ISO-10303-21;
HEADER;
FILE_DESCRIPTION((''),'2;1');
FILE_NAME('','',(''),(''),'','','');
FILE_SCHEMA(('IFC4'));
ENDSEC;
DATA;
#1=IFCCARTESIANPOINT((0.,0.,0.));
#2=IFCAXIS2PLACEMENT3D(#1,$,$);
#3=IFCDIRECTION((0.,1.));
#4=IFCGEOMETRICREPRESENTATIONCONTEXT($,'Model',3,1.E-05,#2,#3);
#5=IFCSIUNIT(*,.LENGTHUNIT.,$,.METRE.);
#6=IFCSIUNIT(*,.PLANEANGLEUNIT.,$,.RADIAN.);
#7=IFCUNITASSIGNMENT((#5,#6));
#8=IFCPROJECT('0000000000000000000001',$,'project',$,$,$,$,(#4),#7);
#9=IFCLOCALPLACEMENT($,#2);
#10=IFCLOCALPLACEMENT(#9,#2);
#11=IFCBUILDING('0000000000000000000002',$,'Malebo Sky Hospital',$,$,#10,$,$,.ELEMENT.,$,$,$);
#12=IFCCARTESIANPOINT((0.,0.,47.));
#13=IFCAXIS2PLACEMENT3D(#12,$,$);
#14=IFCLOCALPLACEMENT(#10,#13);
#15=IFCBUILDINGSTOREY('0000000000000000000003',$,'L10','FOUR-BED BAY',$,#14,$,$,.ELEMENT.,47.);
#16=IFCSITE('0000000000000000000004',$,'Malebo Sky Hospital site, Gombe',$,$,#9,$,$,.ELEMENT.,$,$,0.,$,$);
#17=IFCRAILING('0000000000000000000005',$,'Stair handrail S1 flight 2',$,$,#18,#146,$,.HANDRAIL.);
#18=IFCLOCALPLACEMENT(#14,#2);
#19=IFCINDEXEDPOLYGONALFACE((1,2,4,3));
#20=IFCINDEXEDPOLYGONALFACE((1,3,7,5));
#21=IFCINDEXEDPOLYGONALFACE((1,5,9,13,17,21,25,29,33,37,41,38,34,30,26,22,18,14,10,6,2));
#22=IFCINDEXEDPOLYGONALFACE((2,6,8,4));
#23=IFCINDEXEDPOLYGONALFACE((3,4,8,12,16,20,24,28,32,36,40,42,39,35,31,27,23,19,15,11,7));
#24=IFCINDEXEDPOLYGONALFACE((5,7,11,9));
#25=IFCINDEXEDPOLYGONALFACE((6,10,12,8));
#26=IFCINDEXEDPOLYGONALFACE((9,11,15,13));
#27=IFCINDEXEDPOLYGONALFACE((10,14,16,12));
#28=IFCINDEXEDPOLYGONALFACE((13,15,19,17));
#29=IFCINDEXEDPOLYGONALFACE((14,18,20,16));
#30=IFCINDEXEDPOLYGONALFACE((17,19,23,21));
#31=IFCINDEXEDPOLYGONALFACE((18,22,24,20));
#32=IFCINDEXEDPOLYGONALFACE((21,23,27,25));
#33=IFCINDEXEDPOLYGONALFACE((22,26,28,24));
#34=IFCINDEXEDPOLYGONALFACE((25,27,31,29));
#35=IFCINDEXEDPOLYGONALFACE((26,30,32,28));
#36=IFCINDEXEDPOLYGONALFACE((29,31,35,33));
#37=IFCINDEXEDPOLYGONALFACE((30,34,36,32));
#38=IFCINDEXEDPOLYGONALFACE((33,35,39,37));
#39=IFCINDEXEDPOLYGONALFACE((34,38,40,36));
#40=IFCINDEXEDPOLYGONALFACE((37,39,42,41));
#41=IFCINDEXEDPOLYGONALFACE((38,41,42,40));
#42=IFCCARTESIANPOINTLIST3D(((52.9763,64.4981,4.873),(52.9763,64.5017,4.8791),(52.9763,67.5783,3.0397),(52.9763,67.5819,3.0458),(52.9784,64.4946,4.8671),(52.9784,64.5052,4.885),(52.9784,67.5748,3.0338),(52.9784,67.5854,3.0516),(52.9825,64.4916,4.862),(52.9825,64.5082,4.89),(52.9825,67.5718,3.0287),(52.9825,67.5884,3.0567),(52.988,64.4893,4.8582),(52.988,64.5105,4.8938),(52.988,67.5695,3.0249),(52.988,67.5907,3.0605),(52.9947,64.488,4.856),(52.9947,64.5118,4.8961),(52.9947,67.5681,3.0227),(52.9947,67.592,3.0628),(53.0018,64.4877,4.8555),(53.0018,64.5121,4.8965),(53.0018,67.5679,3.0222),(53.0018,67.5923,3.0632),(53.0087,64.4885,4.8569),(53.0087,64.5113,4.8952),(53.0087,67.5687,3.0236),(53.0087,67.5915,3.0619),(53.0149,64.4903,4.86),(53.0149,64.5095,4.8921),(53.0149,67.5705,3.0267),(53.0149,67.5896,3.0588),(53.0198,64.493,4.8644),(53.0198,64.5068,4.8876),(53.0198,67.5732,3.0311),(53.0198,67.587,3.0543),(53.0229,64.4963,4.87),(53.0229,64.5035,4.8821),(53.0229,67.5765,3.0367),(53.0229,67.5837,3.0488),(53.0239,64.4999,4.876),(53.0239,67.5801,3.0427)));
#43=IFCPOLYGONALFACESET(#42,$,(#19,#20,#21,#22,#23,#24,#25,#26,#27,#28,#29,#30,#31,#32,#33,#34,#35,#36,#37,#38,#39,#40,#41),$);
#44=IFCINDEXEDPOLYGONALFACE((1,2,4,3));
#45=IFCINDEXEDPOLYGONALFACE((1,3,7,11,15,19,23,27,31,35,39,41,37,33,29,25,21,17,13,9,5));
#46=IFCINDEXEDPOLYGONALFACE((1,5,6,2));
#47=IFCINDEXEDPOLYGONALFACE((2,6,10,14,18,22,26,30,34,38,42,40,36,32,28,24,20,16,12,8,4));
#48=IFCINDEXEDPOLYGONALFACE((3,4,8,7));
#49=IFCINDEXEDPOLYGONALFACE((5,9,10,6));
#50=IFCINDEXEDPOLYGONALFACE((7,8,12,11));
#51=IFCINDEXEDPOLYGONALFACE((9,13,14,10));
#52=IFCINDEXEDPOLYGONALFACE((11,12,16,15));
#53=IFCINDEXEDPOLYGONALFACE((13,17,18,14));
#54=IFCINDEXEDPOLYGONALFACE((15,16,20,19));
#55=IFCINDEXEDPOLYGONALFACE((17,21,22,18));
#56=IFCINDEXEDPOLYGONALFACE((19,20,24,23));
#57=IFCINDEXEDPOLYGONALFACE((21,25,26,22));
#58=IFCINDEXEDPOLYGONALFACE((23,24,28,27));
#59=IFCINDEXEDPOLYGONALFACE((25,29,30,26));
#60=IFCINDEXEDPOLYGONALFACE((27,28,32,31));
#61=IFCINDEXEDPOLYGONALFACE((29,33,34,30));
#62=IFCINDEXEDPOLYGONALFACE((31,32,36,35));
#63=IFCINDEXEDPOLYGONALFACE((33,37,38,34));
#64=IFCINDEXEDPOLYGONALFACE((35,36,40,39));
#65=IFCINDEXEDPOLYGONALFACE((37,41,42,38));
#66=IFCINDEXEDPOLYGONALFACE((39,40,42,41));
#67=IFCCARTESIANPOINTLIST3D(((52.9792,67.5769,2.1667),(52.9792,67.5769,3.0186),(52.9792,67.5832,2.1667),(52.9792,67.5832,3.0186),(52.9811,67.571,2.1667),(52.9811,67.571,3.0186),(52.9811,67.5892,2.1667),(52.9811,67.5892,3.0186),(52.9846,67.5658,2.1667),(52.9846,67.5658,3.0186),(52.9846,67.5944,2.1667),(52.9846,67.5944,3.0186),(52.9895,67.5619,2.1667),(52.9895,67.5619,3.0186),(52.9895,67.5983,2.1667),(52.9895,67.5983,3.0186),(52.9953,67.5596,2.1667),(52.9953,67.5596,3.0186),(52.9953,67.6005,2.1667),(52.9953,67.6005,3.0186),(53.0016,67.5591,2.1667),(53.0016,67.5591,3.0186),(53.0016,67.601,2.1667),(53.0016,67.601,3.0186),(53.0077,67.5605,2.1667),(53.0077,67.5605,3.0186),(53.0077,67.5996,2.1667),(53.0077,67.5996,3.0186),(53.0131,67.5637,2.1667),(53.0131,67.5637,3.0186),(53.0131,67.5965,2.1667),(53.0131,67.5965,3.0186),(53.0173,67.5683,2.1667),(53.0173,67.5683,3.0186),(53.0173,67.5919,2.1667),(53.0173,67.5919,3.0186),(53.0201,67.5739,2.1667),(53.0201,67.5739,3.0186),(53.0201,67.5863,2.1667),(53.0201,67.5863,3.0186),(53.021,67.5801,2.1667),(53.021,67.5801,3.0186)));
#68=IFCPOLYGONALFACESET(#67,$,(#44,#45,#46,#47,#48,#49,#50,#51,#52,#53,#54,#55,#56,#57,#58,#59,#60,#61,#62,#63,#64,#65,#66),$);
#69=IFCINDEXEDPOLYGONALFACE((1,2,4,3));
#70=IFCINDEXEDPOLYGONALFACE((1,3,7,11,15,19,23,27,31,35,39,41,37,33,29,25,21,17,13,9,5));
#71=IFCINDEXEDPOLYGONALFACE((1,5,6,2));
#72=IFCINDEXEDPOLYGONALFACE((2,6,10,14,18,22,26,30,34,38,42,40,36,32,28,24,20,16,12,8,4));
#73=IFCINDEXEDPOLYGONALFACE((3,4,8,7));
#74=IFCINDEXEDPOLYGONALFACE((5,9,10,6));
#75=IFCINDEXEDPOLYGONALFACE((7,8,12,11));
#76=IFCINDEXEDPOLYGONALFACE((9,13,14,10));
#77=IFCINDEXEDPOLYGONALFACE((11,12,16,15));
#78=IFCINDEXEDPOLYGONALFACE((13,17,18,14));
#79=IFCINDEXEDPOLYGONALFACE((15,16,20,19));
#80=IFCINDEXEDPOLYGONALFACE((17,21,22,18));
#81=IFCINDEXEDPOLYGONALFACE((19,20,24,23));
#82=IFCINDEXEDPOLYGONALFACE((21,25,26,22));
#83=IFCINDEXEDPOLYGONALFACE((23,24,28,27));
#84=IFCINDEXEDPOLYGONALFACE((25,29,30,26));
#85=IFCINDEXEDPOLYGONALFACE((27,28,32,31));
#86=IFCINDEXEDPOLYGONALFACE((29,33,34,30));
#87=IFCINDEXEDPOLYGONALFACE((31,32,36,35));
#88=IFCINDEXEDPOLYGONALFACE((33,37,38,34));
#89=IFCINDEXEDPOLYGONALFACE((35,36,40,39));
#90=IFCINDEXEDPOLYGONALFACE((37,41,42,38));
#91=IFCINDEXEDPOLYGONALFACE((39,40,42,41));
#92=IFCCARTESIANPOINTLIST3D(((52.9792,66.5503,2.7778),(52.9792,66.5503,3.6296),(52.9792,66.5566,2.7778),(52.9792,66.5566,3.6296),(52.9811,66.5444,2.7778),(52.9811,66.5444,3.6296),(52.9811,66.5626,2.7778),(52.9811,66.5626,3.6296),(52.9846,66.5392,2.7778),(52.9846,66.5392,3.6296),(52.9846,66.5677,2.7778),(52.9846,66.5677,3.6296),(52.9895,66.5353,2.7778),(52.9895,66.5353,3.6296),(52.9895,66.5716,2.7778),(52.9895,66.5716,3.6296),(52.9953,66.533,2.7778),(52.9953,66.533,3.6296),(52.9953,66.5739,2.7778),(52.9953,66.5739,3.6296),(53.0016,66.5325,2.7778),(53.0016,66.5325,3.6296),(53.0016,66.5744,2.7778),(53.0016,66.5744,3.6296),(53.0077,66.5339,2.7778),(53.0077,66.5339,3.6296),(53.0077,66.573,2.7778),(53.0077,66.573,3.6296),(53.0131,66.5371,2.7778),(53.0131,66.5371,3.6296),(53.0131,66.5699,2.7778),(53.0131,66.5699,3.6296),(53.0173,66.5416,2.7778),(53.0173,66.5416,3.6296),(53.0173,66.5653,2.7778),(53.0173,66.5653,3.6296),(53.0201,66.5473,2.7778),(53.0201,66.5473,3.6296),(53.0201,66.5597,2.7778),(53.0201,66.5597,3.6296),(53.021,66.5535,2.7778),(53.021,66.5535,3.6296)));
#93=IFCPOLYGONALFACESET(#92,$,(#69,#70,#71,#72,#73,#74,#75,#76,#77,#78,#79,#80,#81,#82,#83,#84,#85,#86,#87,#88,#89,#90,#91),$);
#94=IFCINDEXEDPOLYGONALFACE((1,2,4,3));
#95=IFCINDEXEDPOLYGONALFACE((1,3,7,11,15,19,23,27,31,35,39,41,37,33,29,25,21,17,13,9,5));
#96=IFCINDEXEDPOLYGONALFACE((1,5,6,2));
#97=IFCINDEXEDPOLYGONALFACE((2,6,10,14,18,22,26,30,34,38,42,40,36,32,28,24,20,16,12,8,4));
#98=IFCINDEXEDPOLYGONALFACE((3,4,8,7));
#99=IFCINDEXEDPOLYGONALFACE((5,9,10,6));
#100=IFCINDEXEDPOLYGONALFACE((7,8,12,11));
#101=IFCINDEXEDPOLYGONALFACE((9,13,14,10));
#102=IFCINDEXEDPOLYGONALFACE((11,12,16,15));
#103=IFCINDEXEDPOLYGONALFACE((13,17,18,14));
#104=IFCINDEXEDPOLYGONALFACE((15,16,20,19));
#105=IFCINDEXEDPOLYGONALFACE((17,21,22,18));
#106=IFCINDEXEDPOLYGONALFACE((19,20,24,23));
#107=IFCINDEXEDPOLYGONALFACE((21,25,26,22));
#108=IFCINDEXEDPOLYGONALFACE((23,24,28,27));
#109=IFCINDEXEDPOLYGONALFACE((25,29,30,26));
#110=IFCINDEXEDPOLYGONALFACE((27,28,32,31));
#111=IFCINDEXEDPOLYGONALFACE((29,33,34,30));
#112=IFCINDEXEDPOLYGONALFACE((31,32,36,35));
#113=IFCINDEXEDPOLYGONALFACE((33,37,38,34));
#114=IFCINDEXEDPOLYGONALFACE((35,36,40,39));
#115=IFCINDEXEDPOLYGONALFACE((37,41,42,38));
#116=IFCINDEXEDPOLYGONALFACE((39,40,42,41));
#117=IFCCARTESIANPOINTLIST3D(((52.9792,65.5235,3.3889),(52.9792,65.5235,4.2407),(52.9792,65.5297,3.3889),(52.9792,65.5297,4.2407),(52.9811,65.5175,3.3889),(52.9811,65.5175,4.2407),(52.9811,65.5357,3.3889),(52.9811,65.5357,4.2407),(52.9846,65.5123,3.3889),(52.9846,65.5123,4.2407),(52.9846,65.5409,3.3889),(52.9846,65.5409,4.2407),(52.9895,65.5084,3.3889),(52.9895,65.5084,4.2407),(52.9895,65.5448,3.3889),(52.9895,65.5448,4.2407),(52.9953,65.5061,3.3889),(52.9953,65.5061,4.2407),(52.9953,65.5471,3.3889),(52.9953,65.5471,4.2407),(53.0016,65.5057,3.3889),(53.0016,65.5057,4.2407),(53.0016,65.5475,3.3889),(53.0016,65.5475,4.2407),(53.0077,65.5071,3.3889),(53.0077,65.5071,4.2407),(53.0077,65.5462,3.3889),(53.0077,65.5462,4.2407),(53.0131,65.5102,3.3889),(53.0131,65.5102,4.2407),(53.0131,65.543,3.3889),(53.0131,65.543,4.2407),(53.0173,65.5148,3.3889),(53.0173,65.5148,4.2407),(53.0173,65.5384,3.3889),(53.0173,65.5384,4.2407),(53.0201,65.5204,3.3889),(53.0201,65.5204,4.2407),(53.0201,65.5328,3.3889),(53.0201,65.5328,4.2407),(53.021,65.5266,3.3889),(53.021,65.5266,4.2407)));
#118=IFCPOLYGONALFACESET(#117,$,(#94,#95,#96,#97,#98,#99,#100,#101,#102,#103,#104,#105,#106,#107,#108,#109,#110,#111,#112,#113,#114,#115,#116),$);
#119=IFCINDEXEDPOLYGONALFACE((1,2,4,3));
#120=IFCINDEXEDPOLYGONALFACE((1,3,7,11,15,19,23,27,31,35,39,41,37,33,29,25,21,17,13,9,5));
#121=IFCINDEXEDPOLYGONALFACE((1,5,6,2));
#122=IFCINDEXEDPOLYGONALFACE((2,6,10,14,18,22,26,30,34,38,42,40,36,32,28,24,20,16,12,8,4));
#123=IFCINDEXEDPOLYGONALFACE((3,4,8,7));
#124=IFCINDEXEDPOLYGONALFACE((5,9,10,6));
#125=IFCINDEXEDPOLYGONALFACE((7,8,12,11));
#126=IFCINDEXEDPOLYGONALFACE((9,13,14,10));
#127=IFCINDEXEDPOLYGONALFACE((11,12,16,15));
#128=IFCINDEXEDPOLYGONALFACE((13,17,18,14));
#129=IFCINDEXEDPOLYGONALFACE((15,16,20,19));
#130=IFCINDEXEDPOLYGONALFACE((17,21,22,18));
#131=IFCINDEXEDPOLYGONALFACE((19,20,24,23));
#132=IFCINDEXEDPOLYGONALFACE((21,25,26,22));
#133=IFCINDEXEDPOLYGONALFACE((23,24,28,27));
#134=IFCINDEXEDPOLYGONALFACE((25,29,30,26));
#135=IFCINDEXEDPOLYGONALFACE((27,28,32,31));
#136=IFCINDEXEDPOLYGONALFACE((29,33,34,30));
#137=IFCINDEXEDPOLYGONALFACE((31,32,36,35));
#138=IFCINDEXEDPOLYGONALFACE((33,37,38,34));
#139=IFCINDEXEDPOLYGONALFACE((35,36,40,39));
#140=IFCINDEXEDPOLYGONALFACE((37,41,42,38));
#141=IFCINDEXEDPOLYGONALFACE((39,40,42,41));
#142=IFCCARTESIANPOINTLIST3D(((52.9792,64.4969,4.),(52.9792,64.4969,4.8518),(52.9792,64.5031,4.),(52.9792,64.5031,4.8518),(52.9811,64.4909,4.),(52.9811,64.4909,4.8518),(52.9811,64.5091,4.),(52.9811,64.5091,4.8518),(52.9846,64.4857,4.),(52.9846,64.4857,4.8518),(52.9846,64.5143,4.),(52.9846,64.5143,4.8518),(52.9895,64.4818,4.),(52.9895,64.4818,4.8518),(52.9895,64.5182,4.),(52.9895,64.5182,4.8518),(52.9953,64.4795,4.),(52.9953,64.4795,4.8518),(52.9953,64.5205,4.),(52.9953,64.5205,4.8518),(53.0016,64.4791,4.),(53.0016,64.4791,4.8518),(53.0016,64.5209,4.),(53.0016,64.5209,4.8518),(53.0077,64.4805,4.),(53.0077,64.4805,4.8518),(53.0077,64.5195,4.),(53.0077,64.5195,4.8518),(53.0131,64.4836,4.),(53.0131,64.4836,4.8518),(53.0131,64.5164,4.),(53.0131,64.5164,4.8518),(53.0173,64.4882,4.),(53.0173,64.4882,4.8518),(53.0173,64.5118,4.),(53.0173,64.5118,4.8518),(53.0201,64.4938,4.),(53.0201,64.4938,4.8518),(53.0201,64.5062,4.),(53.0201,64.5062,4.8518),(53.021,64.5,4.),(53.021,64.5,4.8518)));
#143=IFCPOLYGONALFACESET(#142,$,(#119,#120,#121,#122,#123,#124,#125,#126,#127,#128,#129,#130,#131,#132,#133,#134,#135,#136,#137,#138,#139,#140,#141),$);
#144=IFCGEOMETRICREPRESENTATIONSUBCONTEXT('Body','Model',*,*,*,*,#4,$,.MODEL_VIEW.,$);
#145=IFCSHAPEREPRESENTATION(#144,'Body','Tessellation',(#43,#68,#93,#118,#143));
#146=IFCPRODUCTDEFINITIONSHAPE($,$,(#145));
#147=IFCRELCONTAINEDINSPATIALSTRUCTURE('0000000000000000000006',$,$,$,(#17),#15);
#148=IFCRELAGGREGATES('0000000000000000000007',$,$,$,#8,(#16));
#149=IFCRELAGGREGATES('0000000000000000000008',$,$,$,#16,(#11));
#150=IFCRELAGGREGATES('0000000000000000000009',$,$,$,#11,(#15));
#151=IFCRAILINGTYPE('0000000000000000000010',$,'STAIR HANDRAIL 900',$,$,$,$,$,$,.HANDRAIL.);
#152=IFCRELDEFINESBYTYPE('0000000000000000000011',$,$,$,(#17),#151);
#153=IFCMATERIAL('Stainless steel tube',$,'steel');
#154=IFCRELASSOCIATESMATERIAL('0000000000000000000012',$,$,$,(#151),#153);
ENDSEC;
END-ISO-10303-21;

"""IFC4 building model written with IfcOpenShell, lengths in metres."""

from ifc_helpers import new_model, si_unit, direction, frame, origin, origin_2d, place, context, subcontext, project, spatial, circle, extrude, material, type_object, element, save


model = new_model("IFC4")

# Units and contexts
model_context = context("Model", 3, precision=1e-05, world=origin(), true_north=direction((0.0, 1.0)))
body_context = subcontext(model_context, "Body", "Model", "MODEL_VIEW")
ifc_project = project(units=[si_unit("LENGTHUNIT", "METRE"), si_unit("PLANEANGLEUNIT", "RADIAN")], contexts=[model_context])

# Site, building, storey
site_placement = place(None, origin())
site = spatial("IfcSite", under=ifc_project, at=site_placement, Name="Malebo Sky Hospital site, Gombe", CompositionType="ELEMENT", RefElevation=0.0)
building_placement = place(site_placement, origin())
building = spatial("IfcBuilding", under=site, at=building_placement, Name="Malebo Sky Hospital", CompositionType="ELEMENT")
storey_placement = place(building_placement, frame((0.0, 0.0, 47.0)))
storey = spatial("IfcBuildingStorey", under=building, at=storey_placement, Name="L10", Description="FOUR-BED BAY", CompositionType="ELEMENT", Elevation=47.0)

# Railing
ifc_material_1 = material(Name="Stainless steel tube", Category="steel")
railing_type = type_object("IfcRailingType", Name="STAIR HANDRAIL 900", PredefinedType="HANDRAIL", material=ifc_material_1)
railing_1_placement = place(storey_placement, frame((53.0, 67.5801, 2.1667)))
element("IfcRailing", 1, at=railing_1_placement, inside=storey, type_object=railing_type, Name="Stair handrail S1 flight 2", PredefinedType="HANDRAIL", context=body_context, shape_type="SweptSolid", body=[
    extrude(circle(Radius=0.0239, at=origin_2d()), frame((0.0, 0.0, 0.876), z_axis=(0.0, -0.859309, 0.511458), x_axis=(1.0, 0.0, 0.0)), (0.0, 0.0, 1.0), 3.5845),
    extrude(circle(Radius=0.021, at=origin_2d()), origin(), (0.0, 0.0, 1.0), 0.8518),
    extrude(circle(Radius=0.021, at=origin_2d()), frame((0.0, -1.0266, 0.6111)), (0.0, 0.0, 1.0), 0.8518),
    extrude(circle(Radius=0.021, at=origin_2d()), frame((0.0, -2.0535, 1.2222)), (0.0, 0.0, 1.0), 0.8518),
    extrude(circle(Radius=0.021, at=origin_2d()), frame((0.0, -3.0801, 1.8333)), (0.0, 0.0, 1.0), 0.8518),
])

save(model, "model.ifc")
